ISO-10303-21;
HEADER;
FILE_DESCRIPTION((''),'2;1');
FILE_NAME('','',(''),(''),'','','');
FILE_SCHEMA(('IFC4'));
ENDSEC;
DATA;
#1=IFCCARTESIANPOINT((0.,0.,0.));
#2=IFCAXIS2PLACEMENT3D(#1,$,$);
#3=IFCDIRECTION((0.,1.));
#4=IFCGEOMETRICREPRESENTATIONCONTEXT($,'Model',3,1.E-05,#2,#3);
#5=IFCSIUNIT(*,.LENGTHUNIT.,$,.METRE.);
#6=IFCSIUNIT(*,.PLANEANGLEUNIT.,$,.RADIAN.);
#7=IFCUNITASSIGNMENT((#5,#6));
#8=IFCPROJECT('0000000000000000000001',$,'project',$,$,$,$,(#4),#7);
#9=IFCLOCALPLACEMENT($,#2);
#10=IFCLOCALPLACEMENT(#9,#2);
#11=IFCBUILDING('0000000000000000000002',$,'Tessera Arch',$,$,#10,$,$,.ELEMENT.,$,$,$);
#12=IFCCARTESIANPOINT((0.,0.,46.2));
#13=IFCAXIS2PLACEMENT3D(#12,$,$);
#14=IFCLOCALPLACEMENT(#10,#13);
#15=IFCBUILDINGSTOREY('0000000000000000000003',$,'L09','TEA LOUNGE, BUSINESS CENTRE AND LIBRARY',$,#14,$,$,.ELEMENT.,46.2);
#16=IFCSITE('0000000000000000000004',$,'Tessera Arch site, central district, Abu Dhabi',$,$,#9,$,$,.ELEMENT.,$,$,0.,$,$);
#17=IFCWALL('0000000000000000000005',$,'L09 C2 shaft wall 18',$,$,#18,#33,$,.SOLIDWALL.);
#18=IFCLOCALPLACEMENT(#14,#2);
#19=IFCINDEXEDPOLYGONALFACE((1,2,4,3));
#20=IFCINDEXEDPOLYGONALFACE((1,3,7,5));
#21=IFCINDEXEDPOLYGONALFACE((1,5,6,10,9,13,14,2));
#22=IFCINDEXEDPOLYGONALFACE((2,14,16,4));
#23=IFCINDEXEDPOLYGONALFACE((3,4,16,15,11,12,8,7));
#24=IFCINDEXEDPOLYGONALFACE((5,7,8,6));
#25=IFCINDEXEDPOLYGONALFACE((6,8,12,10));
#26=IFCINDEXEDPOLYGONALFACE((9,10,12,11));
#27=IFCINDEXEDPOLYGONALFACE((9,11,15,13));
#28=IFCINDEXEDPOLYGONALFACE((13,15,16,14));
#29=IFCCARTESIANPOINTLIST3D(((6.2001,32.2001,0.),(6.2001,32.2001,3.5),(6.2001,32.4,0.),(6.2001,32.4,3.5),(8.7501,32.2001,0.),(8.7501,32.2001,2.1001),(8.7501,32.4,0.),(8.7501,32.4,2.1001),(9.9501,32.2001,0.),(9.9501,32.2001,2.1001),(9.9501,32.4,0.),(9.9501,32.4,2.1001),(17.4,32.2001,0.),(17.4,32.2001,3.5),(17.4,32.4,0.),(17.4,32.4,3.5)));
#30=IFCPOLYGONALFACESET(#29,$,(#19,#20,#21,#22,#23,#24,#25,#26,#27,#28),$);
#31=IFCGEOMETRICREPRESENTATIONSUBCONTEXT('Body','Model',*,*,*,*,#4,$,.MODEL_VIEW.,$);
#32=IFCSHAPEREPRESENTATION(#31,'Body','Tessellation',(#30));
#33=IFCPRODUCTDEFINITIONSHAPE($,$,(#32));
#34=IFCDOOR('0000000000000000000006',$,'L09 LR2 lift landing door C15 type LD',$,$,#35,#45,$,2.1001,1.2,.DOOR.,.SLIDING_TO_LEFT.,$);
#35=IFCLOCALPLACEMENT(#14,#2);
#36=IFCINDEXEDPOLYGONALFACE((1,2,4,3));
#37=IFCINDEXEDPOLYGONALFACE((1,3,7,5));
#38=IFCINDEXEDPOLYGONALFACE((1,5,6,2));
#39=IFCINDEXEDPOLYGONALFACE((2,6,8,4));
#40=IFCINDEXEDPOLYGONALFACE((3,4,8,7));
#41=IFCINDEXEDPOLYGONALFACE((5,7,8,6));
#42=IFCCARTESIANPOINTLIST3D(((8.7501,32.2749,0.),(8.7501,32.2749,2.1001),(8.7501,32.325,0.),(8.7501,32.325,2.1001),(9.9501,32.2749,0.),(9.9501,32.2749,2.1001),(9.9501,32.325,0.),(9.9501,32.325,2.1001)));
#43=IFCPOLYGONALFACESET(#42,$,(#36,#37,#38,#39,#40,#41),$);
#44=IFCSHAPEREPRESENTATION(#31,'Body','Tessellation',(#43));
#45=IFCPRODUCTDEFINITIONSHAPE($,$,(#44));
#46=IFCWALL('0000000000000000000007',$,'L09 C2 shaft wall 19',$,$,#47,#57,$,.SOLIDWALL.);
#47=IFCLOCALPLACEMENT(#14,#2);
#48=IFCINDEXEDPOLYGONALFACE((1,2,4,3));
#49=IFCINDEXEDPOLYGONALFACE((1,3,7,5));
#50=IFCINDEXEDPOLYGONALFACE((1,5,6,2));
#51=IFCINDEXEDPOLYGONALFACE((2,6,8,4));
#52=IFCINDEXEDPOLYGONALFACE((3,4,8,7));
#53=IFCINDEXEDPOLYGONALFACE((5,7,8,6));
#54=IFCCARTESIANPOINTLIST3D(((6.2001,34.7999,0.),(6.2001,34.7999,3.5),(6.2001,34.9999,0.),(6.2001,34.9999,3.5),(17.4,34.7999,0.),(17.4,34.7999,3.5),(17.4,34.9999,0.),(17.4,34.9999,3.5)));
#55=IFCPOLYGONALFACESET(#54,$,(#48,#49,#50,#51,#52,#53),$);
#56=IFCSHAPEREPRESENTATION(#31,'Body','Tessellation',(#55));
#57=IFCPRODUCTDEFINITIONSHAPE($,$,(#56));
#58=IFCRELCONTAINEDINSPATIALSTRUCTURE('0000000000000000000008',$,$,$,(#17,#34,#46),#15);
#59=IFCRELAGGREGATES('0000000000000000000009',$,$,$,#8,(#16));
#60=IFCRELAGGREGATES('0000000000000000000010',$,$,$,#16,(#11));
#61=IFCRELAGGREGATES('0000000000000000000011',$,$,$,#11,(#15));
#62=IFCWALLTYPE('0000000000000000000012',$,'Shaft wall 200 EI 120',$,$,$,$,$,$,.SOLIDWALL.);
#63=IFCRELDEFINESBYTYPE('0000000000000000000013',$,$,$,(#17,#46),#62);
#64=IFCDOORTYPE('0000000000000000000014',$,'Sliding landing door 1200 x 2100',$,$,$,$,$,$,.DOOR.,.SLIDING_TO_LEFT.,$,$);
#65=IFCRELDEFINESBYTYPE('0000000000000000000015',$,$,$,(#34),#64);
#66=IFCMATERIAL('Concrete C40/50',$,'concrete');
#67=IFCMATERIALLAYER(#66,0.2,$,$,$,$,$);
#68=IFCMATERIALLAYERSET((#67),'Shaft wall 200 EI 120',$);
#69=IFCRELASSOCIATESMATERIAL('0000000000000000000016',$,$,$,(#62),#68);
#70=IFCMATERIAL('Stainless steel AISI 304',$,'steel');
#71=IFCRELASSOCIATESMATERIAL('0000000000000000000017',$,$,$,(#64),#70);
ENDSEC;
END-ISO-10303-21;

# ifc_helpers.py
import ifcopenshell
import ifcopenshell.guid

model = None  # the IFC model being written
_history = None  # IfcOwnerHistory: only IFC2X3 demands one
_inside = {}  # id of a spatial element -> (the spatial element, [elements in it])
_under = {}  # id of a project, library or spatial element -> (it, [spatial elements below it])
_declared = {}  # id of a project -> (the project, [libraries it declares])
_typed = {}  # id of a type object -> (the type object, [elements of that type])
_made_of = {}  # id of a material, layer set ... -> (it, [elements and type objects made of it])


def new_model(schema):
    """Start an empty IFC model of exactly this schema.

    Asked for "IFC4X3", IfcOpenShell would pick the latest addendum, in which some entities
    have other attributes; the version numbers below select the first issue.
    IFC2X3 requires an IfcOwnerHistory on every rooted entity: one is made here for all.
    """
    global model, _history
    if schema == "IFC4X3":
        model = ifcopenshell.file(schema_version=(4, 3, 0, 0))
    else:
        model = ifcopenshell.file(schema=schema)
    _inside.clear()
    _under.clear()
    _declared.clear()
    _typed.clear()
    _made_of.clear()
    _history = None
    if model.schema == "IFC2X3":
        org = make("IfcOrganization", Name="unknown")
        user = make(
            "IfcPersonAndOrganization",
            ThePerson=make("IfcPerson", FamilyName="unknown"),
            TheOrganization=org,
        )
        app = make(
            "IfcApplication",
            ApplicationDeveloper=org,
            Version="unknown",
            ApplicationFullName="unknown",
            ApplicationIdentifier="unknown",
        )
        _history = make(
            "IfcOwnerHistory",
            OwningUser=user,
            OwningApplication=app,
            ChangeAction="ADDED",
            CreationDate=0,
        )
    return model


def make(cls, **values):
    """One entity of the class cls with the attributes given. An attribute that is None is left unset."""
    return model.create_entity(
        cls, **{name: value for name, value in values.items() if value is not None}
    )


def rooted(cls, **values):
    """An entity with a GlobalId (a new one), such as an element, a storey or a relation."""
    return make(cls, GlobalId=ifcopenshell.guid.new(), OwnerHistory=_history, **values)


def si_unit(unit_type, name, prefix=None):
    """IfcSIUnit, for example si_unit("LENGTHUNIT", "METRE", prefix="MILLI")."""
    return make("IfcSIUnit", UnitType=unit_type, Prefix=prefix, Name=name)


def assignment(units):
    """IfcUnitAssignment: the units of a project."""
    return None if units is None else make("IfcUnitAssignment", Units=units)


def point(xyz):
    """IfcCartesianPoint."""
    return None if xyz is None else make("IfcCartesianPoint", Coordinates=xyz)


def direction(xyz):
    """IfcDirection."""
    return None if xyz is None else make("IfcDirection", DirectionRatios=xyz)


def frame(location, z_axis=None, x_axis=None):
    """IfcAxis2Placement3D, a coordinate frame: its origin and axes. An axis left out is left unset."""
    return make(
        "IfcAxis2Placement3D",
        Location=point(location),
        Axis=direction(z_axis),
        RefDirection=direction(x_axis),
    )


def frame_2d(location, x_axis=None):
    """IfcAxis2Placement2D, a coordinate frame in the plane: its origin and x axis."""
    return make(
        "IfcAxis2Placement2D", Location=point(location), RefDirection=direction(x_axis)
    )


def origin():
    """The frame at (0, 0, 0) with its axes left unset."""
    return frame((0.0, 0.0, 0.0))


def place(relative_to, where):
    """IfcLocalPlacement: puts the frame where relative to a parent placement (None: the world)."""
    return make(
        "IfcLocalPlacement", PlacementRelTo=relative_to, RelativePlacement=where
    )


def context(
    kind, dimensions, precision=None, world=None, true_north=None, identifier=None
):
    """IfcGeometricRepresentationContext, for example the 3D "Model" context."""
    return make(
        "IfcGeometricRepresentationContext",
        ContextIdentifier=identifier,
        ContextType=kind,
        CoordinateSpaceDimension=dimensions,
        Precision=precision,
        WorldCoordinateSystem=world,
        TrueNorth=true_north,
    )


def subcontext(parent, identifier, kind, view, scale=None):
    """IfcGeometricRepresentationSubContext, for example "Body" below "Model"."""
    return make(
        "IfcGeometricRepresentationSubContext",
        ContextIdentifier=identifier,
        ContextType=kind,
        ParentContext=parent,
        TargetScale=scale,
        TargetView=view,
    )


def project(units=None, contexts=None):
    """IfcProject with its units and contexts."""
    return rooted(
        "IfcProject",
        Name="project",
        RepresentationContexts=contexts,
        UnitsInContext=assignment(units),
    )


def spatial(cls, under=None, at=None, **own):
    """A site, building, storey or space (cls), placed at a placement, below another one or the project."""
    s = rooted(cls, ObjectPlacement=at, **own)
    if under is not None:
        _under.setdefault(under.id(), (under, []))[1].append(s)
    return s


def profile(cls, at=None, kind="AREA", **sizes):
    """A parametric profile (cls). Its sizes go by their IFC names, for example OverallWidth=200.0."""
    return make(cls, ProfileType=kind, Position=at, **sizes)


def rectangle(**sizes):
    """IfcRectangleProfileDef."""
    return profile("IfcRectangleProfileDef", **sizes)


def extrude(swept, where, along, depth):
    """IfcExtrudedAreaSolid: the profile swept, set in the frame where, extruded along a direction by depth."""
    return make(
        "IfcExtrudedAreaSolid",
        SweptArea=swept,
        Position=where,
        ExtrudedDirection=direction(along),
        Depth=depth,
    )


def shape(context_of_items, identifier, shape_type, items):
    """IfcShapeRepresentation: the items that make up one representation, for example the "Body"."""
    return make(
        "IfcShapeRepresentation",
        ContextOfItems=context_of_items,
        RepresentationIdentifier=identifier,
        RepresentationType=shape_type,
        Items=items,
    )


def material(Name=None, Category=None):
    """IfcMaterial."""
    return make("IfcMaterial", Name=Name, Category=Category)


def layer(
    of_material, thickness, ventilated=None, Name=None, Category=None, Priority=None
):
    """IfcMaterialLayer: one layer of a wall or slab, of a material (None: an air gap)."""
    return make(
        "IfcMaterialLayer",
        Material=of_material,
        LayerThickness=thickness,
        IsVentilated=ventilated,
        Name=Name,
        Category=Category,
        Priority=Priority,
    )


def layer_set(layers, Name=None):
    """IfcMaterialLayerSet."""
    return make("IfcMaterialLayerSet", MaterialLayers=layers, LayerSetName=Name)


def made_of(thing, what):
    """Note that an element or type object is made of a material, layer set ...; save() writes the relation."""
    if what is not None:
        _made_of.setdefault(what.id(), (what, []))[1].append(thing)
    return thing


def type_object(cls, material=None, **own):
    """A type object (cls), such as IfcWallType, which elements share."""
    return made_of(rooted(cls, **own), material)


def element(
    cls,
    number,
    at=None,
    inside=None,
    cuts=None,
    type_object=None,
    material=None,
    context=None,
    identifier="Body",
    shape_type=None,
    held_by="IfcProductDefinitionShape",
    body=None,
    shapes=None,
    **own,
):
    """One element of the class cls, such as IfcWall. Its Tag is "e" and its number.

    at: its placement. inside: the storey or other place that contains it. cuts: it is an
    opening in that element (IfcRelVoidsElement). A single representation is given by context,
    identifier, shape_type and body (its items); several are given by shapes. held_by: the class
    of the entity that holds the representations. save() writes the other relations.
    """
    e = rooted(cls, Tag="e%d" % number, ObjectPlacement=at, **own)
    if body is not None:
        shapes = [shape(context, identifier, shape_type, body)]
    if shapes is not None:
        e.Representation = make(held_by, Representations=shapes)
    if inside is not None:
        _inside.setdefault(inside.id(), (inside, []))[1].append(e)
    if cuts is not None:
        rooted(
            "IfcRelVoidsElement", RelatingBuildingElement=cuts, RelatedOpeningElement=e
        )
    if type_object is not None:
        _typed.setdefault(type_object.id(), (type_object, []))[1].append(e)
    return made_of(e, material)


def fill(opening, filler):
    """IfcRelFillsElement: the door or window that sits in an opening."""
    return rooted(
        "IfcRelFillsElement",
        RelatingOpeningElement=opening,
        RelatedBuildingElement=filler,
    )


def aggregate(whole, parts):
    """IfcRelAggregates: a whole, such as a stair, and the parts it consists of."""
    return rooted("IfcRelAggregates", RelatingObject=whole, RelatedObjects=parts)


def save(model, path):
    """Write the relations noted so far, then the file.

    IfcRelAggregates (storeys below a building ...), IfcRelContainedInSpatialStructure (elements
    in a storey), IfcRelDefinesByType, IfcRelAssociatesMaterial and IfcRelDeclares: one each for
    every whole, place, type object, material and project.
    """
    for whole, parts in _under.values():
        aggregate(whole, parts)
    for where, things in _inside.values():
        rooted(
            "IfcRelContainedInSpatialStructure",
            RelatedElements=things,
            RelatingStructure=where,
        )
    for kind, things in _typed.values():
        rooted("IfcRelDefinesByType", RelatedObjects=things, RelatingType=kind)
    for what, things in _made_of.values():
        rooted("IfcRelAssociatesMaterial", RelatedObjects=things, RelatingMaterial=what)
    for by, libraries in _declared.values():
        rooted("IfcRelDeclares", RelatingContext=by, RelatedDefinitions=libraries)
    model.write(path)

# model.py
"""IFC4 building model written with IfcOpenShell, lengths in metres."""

from ifc_helpers import new_model, si_unit, direction, frame, frame_2d, origin, place, context, subcontext, project, spatial, rectangle, extrude, material, layer, layer_set, type_object, element, fill, save


model = new_model("IFC4")

# Units and contexts
model_context = context("Model", 3, precision=1e-05, world=origin(), true_north=direction((0.0, 1.0)))
body_context = subcontext(model_context, "Body", "Model", "MODEL_VIEW")
ifc_project = project(units=[si_unit("LENGTHUNIT", "METRE"), si_unit("PLANEANGLEUNIT", "RADIAN")], contexts=[model_context])

# Site, building, storey
site_placement = place(None, origin())
site = spatial("IfcSite", under=ifc_project, at=site_placement, Name="Tessera Arch site, central district, Abu Dhabi", CompositionType="ELEMENT", RefElevation=0.0)
building_placement = place(site_placement, origin())
building = spatial("IfcBuilding", under=site, at=building_placement, Name="Tessera Arch", CompositionType="ELEMENT")
storey_placement = place(building_placement, frame((0.0, 0.0, 46.2)))
storey = spatial("IfcBuildingStorey", under=building, at=storey_placement, Name="L09", Description="TEA LOUNGE, BUSINESS CENTRE AND LIBRARY", CompositionType="ELEMENT", Elevation=46.2)

# Shared definitions
ifc_material_1 = material(Name="Concrete C40/50", Category="concrete")
ifc_layer_1 = layer(ifc_material_1, 0.2)
ifc_layer_set_1 = layer_set([ifc_layer_1], Name="Shaft wall 200 EI 120")
wall_type_1 = type_object("IfcWallType", Name="Shaft wall 200 EI 120", PredefinedType="SOLIDWALL", material=ifc_layer_set_1)

# Wall, opening, door
wall_1_placement = place(storey_placement, frame((6.2, 32.3, 0.0), z_axis=(0.0, 0.0, 1.0), x_axis=(1.0, 0.0, 0.0)))
wall_1 = element("IfcWall", 1, at=wall_1_placement, inside=storey, type_object=wall_type_1, Name="L09 C2 shaft wall 18", PredefinedType="SOLIDWALL", context=body_context, shape_type="SweptSolid", body=[
    extrude(rectangle(XDim=11.2, YDim=0.2, at=frame_2d((5.6001, 0.0))), origin(), (0.0, 0.0, 1.0), 3.5),
])
opening_1_placement = place(wall_1_placement, frame((2.55, 0.0, 0.0)))
opening_1 = element("IfcOpeningElement", 2, at=opening_1_placement, cuts=wall_1, PredefinedType="OPENING", context=body_context, shape_type="SweptSolid", body=[
    extrude(rectangle(XDim=1.2, YDim=2.1001, at=frame_2d((0.6001, 1.05))), frame((0.0, 0.1099, 0.0), z_axis=(0.0, -1.0, 0.0), x_axis=(1.0, 0.0, 0.0)), (0.0, 0.0, 1.0), 0.22),
])
ifc_material_2 = material(Name="Stainless steel AISI 304", Category="steel")
door_type_1 = type_object("IfcDoorType", Name="Sliding landing door 1200 x 2100", OperationType="SLIDING_TO_LEFT", PredefinedType="DOOR", material=ifc_material_2)
door_1_placement = place(opening_1_placement, origin())
door_1 = element("IfcDoor", 3, at=door_1_placement, inside=storey, type_object=door_type_1, Name="L09 LR2 lift landing door C15 type LD", OperationType="SLIDING_TO_LEFT", OverallHeight=2.1001, OverallWidth=1.2, PredefinedType="DOOR", context=body_context, shape_type="SweptSolid", body=[
    extrude(rectangle(XDim=1.2, YDim=2.1001, at=frame_2d((0.6001, 1.05))), frame((0.0, 0.0249, 0.0), z_axis=(0.0, -1.0, 0.0), x_axis=(1.0, 0.0, 0.0)), (0.0, 0.0, 1.0), 0.05),
])
fill(opening_1, door_1)

# Wall
wall_2_placement = place(storey_placement, frame((6.2, 34.8999, 0.0), z_axis=(0.0, 0.0, 1.0), x_axis=(1.0, 0.0, 0.0)))
element("IfcWall", 4, at=wall_2_placement, inside=storey, type_object=wall_type_1, Name="L09 C2 shaft wall 19", PredefinedType="SOLIDWALL", context=body_context, shape_type="SweptSolid", body=[
    extrude(rectangle(XDim=11.2, YDim=0.2, at=frame_2d((5.6001, 0.0))), origin(), (0.0, 0.0, 1.0), 3.5),
])

save(model, "model.ifc")
